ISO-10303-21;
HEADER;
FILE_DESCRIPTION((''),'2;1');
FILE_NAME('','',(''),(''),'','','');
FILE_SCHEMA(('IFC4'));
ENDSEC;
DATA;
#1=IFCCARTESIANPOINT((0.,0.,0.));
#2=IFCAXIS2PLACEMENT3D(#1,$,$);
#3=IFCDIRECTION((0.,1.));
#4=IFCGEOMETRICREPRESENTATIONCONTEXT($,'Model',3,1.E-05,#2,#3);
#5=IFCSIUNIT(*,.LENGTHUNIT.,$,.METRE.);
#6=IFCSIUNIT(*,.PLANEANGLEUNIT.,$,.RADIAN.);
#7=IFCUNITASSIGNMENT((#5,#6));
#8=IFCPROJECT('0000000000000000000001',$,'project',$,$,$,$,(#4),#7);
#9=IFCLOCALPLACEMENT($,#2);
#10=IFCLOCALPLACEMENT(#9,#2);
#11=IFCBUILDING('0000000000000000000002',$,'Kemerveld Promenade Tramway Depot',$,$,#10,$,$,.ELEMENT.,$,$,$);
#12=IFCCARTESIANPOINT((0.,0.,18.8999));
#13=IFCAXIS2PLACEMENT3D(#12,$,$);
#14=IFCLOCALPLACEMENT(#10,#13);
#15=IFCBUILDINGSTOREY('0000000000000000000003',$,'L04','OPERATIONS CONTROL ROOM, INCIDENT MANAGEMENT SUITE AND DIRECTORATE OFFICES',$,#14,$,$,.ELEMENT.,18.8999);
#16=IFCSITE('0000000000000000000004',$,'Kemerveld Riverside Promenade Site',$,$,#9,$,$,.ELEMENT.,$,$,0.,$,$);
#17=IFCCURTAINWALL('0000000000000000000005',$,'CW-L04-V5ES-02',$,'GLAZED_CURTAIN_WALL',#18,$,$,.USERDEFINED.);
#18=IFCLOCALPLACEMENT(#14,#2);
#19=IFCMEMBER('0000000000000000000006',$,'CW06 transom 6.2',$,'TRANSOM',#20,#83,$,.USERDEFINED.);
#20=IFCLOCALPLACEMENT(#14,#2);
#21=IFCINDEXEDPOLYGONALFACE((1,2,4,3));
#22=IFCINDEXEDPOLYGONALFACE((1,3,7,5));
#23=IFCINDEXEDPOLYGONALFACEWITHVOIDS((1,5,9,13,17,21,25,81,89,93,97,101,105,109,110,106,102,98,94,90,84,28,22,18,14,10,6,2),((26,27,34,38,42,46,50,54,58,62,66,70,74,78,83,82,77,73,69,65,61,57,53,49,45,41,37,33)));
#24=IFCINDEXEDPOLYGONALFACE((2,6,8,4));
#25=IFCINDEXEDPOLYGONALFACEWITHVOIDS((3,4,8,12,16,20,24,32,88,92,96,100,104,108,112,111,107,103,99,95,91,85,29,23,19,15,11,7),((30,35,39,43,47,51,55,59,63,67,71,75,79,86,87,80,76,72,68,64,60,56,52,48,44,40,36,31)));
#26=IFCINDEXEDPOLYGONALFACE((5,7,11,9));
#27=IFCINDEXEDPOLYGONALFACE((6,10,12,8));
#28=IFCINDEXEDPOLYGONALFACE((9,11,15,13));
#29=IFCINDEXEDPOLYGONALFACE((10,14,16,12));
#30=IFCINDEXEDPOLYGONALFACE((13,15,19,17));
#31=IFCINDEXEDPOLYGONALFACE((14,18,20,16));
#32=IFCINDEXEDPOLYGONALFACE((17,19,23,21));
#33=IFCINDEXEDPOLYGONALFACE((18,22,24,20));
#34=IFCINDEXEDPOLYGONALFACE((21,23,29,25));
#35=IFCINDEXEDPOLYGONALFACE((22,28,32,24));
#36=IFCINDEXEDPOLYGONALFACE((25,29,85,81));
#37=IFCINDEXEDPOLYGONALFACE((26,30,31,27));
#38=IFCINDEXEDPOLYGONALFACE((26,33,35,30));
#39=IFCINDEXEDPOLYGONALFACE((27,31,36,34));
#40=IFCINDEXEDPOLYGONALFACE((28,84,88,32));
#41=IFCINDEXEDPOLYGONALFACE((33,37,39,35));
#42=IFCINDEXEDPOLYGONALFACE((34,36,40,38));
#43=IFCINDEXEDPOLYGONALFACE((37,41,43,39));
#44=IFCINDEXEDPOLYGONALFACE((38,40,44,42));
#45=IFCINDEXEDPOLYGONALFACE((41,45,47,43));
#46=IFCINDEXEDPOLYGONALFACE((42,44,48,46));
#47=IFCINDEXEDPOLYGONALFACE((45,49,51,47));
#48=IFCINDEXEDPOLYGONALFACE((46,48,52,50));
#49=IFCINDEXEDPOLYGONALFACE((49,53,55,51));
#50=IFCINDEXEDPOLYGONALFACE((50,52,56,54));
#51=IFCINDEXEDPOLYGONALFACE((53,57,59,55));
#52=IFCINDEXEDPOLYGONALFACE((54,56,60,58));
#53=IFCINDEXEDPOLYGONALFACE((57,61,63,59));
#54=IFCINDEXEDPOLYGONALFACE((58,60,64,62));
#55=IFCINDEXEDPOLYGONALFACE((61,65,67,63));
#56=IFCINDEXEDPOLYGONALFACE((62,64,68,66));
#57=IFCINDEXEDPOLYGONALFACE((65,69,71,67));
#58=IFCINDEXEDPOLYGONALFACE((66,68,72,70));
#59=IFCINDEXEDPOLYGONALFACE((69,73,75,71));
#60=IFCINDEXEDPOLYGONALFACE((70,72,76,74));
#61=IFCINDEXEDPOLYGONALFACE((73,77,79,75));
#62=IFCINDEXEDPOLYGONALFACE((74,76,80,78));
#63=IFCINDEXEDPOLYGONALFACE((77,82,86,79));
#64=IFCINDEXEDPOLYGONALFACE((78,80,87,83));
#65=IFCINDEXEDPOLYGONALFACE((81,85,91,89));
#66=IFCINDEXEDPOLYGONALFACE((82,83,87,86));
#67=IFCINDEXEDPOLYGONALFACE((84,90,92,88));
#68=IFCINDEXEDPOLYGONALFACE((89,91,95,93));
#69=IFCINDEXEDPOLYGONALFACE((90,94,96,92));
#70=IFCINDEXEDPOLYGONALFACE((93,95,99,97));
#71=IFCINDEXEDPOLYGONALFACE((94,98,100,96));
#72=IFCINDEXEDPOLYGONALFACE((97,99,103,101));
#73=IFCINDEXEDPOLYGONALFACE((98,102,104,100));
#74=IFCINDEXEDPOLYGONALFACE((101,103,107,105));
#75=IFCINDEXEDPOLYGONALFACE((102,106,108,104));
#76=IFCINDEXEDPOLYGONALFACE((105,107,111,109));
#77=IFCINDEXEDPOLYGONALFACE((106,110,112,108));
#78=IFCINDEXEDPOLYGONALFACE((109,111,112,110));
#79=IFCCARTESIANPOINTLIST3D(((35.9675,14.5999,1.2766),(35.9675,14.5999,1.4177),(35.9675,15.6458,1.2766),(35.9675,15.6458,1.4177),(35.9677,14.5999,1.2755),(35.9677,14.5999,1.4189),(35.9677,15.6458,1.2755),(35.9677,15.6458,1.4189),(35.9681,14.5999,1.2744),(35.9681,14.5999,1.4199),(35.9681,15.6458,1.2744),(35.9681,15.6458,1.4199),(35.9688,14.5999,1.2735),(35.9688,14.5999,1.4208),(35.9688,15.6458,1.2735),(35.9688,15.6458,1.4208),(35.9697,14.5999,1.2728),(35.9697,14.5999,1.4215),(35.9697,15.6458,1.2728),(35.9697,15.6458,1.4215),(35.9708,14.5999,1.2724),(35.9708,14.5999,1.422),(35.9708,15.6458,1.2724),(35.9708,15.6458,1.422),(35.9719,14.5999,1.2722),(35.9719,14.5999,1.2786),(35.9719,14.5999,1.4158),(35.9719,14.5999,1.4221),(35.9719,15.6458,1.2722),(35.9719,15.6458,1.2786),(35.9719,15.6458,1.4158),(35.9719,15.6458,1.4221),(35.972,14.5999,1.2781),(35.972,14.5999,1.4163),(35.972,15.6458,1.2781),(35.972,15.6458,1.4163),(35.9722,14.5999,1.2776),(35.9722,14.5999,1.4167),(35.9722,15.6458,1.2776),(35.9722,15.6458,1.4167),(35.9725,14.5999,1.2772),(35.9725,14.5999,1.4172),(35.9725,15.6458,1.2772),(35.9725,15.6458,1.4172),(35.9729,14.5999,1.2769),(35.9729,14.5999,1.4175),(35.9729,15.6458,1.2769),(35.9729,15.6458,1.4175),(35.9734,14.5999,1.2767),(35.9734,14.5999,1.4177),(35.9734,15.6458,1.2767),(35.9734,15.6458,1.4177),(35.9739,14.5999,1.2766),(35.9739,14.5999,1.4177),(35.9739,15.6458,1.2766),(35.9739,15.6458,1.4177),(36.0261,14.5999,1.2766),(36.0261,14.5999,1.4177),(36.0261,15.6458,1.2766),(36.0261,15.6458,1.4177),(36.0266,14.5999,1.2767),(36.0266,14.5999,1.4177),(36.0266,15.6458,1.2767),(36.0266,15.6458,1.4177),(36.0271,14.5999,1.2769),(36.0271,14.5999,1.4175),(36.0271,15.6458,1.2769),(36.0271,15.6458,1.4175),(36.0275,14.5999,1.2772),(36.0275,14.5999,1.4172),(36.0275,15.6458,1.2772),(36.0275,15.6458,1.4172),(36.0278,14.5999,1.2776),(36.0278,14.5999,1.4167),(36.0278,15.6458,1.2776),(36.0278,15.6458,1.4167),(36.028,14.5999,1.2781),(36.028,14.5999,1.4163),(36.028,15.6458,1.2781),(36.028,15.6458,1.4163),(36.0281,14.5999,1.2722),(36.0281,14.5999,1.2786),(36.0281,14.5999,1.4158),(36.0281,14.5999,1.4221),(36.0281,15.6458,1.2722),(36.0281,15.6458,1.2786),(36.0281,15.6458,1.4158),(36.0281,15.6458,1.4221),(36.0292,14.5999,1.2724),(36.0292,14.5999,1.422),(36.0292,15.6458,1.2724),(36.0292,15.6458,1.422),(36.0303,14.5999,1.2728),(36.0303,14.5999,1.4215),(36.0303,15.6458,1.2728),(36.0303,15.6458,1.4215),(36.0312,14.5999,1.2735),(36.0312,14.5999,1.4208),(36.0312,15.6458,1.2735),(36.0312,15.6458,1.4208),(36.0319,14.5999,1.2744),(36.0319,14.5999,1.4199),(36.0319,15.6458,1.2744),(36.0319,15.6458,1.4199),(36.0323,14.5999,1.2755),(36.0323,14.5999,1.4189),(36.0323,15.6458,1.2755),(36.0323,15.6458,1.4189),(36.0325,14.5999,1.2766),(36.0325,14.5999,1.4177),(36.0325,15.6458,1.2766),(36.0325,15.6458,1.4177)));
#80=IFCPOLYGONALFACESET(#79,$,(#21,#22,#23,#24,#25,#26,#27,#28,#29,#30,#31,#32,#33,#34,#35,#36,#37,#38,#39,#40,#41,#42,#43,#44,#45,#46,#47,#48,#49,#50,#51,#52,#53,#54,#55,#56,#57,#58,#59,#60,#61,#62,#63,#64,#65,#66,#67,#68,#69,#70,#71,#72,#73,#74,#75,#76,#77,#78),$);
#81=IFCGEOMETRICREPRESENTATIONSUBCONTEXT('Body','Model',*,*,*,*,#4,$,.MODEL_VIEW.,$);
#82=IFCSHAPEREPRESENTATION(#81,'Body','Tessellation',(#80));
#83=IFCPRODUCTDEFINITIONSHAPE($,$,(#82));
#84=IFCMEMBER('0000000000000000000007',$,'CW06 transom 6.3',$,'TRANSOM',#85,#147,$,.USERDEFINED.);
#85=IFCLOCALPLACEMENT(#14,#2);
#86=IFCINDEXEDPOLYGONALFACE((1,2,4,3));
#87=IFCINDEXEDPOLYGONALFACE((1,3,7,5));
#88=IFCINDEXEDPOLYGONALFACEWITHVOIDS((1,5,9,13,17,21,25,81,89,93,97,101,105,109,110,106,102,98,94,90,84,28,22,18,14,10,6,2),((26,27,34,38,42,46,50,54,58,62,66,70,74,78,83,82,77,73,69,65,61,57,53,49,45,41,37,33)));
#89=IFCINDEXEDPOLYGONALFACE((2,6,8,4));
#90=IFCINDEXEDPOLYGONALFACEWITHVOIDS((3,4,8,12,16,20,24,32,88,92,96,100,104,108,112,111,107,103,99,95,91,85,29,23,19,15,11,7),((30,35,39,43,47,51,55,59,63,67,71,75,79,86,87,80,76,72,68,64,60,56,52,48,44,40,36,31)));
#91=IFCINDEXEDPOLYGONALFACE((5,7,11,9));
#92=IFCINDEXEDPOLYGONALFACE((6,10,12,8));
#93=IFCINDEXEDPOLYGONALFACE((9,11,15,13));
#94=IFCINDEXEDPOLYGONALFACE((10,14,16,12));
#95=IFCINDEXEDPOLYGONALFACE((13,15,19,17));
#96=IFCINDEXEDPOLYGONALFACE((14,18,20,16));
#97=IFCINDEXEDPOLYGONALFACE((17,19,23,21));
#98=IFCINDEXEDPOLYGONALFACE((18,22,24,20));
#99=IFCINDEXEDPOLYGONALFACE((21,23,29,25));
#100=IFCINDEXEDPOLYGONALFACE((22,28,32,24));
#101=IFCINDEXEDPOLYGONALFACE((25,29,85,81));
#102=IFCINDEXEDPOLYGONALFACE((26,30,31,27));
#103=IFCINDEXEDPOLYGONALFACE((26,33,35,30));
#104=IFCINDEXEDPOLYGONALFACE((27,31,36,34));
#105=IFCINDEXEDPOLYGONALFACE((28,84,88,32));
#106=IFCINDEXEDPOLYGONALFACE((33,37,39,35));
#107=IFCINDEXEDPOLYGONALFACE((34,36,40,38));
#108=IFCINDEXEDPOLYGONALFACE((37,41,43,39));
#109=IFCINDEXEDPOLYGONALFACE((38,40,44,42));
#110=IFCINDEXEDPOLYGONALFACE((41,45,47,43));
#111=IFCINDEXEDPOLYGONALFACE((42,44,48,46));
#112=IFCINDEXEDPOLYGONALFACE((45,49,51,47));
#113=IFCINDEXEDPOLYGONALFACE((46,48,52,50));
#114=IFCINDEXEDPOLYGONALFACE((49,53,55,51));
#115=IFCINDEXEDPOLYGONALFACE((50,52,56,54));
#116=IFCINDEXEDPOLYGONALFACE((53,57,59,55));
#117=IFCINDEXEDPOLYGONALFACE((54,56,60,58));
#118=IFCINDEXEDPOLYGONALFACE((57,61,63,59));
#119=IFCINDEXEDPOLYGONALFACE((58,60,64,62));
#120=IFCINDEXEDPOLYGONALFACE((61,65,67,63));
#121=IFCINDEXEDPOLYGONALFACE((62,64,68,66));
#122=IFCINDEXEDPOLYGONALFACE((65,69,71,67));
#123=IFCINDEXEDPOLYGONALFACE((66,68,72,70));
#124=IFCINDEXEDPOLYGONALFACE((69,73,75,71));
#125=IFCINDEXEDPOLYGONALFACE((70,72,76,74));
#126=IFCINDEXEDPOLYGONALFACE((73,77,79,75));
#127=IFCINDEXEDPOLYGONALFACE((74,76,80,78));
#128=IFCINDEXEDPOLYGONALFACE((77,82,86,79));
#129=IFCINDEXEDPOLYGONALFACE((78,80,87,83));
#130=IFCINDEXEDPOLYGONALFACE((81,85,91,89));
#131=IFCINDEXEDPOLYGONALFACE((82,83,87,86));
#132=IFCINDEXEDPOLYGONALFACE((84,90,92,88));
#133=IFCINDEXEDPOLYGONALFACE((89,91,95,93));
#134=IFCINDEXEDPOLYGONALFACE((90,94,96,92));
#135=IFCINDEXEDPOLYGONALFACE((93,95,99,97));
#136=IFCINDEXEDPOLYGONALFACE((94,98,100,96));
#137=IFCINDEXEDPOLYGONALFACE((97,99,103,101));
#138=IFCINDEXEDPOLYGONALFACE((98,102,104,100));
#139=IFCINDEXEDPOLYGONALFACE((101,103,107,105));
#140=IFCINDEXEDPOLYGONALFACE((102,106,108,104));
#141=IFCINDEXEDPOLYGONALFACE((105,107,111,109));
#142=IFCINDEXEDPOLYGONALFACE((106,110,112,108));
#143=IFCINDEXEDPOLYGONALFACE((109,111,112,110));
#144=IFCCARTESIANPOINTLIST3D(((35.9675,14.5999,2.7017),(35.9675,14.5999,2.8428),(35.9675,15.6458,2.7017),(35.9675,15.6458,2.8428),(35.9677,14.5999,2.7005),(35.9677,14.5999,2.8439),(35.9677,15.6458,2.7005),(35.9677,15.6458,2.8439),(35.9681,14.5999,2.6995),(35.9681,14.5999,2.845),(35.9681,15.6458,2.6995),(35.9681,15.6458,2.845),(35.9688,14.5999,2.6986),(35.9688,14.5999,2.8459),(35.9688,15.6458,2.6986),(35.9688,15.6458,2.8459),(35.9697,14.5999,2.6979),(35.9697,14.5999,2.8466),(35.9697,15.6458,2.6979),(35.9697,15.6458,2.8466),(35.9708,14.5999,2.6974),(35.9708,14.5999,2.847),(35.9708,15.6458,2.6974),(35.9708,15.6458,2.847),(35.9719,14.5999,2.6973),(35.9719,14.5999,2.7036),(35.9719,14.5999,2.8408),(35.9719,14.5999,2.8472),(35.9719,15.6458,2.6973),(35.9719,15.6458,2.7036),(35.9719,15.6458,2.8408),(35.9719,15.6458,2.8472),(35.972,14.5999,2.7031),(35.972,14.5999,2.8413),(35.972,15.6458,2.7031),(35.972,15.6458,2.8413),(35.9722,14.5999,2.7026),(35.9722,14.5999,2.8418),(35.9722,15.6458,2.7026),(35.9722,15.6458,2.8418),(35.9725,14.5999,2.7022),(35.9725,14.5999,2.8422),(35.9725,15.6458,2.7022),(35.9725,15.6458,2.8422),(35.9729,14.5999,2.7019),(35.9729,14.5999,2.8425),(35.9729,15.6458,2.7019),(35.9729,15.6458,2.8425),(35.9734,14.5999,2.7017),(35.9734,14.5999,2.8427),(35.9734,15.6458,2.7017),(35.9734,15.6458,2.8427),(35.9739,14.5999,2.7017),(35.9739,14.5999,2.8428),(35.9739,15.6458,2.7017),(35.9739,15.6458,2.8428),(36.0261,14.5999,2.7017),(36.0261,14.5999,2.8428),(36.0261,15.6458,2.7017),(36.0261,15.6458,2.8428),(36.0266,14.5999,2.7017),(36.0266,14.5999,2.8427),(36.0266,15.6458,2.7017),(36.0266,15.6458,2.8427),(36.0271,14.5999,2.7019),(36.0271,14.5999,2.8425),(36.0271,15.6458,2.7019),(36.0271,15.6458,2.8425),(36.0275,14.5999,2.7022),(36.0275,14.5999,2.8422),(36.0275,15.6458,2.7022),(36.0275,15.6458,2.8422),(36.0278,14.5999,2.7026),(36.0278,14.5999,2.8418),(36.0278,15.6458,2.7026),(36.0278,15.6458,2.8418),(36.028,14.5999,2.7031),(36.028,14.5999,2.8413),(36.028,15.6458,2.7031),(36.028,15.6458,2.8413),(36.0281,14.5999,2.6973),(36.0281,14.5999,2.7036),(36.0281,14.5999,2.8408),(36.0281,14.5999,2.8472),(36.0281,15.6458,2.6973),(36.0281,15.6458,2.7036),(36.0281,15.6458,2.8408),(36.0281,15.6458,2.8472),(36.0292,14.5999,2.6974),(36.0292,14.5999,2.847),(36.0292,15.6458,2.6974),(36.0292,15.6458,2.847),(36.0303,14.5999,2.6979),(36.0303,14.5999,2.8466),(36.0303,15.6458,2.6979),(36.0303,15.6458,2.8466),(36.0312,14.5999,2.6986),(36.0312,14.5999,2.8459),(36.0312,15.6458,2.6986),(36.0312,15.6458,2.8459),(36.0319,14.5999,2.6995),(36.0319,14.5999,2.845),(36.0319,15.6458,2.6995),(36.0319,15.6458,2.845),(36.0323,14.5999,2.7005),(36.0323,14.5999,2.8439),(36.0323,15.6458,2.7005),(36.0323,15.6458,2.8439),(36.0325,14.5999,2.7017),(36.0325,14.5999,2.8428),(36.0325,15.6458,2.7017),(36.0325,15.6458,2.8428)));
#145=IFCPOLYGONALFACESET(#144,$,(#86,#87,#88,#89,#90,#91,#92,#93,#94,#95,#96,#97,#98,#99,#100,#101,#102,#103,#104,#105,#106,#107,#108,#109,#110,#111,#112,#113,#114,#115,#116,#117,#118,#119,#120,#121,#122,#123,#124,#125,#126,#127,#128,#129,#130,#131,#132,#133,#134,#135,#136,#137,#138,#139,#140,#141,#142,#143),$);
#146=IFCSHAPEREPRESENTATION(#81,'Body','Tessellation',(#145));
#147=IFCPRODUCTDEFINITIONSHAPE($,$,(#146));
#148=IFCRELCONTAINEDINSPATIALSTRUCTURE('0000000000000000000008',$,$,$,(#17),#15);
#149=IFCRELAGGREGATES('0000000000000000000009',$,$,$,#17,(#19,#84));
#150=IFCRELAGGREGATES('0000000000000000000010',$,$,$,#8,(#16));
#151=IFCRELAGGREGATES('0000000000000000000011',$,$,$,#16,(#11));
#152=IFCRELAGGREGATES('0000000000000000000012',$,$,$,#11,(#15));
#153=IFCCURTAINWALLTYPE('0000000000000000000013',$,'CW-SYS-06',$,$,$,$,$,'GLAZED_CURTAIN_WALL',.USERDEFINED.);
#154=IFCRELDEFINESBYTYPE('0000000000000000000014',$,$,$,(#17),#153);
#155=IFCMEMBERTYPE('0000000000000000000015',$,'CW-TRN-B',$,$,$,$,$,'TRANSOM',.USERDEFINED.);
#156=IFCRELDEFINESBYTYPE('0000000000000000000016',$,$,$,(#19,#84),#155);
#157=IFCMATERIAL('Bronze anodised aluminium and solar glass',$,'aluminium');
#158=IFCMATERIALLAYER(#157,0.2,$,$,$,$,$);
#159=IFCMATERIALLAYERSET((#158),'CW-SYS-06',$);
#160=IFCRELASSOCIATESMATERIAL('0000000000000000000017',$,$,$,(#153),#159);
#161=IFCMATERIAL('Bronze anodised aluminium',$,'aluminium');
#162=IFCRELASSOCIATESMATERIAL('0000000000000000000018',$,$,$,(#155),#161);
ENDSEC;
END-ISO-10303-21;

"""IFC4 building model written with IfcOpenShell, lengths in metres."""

from ifc_helpers import new_model, si_unit, direction, frame, origin, origin_2d, place, context, subcontext, project, spatial, hollow_rectangle, extrude, material, layer, layer_set, material_profile, profile_set, type_object, element, aggregate, save


model = new_model("IFC4")

# Units and contexts
model_context = context("Model", 3, precision=1e-05, world=origin(), true_north=direction((0.0, 1.0)))
body_context = subcontext(model_context, "Body", "Model", "MODEL_VIEW")
ifc_project = project(units=[si_unit("LENGTHUNIT", "METRE"), si_unit("PLANEANGLEUNIT", "RADIAN")], contexts=[model_context])

# Site, building, storey
site_placement = place(None, origin())
site = spatial("IfcSite", under=ifc_project, at=site_placement, Name="Kemerveld Riverside Promenade Site", CompositionType="ELEMENT", RefElevation=0.0)
building_placement = place(site_placement, origin())
building = spatial("IfcBuilding", under=site, at=building_placement, Name="Kemerveld Promenade Tramway Depot", CompositionType="ELEMENT")
storey_placement = place(building_placement, frame((0.0, 0.0, 18.8999)))
storey = spatial("IfcBuildingStorey", under=building, at=storey_placement, Name="L04", Description="OPERATIONS CONTROL ROOM, INCIDENT MANAGEMENT SUITE AND DIRECTORATE OFFICES", CompositionType="ELEMENT", Elevation=18.8999)

# Curtain wall, members
ifc_material_1 = material(Name="Bronze anodised aluminium and solar glass", Category="aluminium")
ifc_layer_1 = layer(ifc_material_1, 0.2)
ifc_layer_set_1 = layer_set([ifc_layer_1], Name="CW-SYS-06")
curtain_wall_type = type_object("IfcCurtainWallType", Name="CW-SYS-06", ElementType="GLAZED_CURTAIN_WALL", PredefinedType="USERDEFINED", material=ifc_layer_set_1)
curtain_wall_placement = place(storey_placement, origin())
curtain_wall = element("IfcCurtainWall", 1, at=curtain_wall_placement, inside=storey, type_object=curtain_wall_type, Name="CW-L04-V5ES-02", ObjectType="GLAZED_CURTAIN_WALL", PredefinedType="USERDEFINED")
ifc_material_2 = material(Name="Bronze anodised aluminium", Category="aluminium")
ifc_material_profile_1 = material_profile(ifc_material_2, hollow_rectangle(XDim=0.0649, YDim=0.1499, WallThickness=0.0044, InnerFilletRadius=0.002, OuterFilletRadius=0.0044, at=origin_2d()), Name="CW-TRN-150x65")
ifc_profile_set_1 = profile_set([ifc_material_profile_1], Name="Bronze anodised aluminium")
member_type_1 = type_object("IfcMemberType", Name="CW-TRN-B", ElementType="TRANSOM", PredefinedType="USERDEFINED", material=ifc_profile_set_1)
member_1_placement = place(storey_placement, frame((36.0, 15.6458, 1.3472), z_axis=(0.0, -1.0, 0.0), x_axis=(1.0, 0.0, 0.0)))
member_1 = element("IfcMember", 2, at=member_1_placement, type_object=member_type_1, Name="CW06 transom 6.2", ObjectType="TRANSOM", PredefinedType="USERDEFINED", context=body_context, shape_type="SweptSolid", body=[
    extrude(hollow_rectangle(XDim=0.0649, YDim=0.1499, WallThickness=0.0044, InnerFilletRadius=0.002, OuterFilletRadius=0.0044, at=origin_2d()), origin(), (0.0, 0.0, 1.0), 1.0459),
])
member_2_placement = place(storey_placement, frame((36.0, 15.6458, 2.7722), z_axis=(0.0, -1.0, 0.0), x_axis=(1.0, 0.0, 0.0)))
member_2 = element("IfcMember", 3, at=member_2_placement, type_object=member_type_1, Name="CW06 transom 6.3", ObjectType="TRANSOM", PredefinedType="USERDEFINED", context=body_context, shape_type="SweptSolid", body=[
    extrude(hollow_rectangle(XDim=0.0649, YDim=0.1499, WallThickness=0.0044, InnerFilletRadius=0.002, OuterFilletRadius=0.0044, at=origin_2d()), origin(), (0.0, 0.0, 1.0), 1.0459),
])
aggregate(curtain_wall, [member_1, member_2])

save(model, "model.ifc")
